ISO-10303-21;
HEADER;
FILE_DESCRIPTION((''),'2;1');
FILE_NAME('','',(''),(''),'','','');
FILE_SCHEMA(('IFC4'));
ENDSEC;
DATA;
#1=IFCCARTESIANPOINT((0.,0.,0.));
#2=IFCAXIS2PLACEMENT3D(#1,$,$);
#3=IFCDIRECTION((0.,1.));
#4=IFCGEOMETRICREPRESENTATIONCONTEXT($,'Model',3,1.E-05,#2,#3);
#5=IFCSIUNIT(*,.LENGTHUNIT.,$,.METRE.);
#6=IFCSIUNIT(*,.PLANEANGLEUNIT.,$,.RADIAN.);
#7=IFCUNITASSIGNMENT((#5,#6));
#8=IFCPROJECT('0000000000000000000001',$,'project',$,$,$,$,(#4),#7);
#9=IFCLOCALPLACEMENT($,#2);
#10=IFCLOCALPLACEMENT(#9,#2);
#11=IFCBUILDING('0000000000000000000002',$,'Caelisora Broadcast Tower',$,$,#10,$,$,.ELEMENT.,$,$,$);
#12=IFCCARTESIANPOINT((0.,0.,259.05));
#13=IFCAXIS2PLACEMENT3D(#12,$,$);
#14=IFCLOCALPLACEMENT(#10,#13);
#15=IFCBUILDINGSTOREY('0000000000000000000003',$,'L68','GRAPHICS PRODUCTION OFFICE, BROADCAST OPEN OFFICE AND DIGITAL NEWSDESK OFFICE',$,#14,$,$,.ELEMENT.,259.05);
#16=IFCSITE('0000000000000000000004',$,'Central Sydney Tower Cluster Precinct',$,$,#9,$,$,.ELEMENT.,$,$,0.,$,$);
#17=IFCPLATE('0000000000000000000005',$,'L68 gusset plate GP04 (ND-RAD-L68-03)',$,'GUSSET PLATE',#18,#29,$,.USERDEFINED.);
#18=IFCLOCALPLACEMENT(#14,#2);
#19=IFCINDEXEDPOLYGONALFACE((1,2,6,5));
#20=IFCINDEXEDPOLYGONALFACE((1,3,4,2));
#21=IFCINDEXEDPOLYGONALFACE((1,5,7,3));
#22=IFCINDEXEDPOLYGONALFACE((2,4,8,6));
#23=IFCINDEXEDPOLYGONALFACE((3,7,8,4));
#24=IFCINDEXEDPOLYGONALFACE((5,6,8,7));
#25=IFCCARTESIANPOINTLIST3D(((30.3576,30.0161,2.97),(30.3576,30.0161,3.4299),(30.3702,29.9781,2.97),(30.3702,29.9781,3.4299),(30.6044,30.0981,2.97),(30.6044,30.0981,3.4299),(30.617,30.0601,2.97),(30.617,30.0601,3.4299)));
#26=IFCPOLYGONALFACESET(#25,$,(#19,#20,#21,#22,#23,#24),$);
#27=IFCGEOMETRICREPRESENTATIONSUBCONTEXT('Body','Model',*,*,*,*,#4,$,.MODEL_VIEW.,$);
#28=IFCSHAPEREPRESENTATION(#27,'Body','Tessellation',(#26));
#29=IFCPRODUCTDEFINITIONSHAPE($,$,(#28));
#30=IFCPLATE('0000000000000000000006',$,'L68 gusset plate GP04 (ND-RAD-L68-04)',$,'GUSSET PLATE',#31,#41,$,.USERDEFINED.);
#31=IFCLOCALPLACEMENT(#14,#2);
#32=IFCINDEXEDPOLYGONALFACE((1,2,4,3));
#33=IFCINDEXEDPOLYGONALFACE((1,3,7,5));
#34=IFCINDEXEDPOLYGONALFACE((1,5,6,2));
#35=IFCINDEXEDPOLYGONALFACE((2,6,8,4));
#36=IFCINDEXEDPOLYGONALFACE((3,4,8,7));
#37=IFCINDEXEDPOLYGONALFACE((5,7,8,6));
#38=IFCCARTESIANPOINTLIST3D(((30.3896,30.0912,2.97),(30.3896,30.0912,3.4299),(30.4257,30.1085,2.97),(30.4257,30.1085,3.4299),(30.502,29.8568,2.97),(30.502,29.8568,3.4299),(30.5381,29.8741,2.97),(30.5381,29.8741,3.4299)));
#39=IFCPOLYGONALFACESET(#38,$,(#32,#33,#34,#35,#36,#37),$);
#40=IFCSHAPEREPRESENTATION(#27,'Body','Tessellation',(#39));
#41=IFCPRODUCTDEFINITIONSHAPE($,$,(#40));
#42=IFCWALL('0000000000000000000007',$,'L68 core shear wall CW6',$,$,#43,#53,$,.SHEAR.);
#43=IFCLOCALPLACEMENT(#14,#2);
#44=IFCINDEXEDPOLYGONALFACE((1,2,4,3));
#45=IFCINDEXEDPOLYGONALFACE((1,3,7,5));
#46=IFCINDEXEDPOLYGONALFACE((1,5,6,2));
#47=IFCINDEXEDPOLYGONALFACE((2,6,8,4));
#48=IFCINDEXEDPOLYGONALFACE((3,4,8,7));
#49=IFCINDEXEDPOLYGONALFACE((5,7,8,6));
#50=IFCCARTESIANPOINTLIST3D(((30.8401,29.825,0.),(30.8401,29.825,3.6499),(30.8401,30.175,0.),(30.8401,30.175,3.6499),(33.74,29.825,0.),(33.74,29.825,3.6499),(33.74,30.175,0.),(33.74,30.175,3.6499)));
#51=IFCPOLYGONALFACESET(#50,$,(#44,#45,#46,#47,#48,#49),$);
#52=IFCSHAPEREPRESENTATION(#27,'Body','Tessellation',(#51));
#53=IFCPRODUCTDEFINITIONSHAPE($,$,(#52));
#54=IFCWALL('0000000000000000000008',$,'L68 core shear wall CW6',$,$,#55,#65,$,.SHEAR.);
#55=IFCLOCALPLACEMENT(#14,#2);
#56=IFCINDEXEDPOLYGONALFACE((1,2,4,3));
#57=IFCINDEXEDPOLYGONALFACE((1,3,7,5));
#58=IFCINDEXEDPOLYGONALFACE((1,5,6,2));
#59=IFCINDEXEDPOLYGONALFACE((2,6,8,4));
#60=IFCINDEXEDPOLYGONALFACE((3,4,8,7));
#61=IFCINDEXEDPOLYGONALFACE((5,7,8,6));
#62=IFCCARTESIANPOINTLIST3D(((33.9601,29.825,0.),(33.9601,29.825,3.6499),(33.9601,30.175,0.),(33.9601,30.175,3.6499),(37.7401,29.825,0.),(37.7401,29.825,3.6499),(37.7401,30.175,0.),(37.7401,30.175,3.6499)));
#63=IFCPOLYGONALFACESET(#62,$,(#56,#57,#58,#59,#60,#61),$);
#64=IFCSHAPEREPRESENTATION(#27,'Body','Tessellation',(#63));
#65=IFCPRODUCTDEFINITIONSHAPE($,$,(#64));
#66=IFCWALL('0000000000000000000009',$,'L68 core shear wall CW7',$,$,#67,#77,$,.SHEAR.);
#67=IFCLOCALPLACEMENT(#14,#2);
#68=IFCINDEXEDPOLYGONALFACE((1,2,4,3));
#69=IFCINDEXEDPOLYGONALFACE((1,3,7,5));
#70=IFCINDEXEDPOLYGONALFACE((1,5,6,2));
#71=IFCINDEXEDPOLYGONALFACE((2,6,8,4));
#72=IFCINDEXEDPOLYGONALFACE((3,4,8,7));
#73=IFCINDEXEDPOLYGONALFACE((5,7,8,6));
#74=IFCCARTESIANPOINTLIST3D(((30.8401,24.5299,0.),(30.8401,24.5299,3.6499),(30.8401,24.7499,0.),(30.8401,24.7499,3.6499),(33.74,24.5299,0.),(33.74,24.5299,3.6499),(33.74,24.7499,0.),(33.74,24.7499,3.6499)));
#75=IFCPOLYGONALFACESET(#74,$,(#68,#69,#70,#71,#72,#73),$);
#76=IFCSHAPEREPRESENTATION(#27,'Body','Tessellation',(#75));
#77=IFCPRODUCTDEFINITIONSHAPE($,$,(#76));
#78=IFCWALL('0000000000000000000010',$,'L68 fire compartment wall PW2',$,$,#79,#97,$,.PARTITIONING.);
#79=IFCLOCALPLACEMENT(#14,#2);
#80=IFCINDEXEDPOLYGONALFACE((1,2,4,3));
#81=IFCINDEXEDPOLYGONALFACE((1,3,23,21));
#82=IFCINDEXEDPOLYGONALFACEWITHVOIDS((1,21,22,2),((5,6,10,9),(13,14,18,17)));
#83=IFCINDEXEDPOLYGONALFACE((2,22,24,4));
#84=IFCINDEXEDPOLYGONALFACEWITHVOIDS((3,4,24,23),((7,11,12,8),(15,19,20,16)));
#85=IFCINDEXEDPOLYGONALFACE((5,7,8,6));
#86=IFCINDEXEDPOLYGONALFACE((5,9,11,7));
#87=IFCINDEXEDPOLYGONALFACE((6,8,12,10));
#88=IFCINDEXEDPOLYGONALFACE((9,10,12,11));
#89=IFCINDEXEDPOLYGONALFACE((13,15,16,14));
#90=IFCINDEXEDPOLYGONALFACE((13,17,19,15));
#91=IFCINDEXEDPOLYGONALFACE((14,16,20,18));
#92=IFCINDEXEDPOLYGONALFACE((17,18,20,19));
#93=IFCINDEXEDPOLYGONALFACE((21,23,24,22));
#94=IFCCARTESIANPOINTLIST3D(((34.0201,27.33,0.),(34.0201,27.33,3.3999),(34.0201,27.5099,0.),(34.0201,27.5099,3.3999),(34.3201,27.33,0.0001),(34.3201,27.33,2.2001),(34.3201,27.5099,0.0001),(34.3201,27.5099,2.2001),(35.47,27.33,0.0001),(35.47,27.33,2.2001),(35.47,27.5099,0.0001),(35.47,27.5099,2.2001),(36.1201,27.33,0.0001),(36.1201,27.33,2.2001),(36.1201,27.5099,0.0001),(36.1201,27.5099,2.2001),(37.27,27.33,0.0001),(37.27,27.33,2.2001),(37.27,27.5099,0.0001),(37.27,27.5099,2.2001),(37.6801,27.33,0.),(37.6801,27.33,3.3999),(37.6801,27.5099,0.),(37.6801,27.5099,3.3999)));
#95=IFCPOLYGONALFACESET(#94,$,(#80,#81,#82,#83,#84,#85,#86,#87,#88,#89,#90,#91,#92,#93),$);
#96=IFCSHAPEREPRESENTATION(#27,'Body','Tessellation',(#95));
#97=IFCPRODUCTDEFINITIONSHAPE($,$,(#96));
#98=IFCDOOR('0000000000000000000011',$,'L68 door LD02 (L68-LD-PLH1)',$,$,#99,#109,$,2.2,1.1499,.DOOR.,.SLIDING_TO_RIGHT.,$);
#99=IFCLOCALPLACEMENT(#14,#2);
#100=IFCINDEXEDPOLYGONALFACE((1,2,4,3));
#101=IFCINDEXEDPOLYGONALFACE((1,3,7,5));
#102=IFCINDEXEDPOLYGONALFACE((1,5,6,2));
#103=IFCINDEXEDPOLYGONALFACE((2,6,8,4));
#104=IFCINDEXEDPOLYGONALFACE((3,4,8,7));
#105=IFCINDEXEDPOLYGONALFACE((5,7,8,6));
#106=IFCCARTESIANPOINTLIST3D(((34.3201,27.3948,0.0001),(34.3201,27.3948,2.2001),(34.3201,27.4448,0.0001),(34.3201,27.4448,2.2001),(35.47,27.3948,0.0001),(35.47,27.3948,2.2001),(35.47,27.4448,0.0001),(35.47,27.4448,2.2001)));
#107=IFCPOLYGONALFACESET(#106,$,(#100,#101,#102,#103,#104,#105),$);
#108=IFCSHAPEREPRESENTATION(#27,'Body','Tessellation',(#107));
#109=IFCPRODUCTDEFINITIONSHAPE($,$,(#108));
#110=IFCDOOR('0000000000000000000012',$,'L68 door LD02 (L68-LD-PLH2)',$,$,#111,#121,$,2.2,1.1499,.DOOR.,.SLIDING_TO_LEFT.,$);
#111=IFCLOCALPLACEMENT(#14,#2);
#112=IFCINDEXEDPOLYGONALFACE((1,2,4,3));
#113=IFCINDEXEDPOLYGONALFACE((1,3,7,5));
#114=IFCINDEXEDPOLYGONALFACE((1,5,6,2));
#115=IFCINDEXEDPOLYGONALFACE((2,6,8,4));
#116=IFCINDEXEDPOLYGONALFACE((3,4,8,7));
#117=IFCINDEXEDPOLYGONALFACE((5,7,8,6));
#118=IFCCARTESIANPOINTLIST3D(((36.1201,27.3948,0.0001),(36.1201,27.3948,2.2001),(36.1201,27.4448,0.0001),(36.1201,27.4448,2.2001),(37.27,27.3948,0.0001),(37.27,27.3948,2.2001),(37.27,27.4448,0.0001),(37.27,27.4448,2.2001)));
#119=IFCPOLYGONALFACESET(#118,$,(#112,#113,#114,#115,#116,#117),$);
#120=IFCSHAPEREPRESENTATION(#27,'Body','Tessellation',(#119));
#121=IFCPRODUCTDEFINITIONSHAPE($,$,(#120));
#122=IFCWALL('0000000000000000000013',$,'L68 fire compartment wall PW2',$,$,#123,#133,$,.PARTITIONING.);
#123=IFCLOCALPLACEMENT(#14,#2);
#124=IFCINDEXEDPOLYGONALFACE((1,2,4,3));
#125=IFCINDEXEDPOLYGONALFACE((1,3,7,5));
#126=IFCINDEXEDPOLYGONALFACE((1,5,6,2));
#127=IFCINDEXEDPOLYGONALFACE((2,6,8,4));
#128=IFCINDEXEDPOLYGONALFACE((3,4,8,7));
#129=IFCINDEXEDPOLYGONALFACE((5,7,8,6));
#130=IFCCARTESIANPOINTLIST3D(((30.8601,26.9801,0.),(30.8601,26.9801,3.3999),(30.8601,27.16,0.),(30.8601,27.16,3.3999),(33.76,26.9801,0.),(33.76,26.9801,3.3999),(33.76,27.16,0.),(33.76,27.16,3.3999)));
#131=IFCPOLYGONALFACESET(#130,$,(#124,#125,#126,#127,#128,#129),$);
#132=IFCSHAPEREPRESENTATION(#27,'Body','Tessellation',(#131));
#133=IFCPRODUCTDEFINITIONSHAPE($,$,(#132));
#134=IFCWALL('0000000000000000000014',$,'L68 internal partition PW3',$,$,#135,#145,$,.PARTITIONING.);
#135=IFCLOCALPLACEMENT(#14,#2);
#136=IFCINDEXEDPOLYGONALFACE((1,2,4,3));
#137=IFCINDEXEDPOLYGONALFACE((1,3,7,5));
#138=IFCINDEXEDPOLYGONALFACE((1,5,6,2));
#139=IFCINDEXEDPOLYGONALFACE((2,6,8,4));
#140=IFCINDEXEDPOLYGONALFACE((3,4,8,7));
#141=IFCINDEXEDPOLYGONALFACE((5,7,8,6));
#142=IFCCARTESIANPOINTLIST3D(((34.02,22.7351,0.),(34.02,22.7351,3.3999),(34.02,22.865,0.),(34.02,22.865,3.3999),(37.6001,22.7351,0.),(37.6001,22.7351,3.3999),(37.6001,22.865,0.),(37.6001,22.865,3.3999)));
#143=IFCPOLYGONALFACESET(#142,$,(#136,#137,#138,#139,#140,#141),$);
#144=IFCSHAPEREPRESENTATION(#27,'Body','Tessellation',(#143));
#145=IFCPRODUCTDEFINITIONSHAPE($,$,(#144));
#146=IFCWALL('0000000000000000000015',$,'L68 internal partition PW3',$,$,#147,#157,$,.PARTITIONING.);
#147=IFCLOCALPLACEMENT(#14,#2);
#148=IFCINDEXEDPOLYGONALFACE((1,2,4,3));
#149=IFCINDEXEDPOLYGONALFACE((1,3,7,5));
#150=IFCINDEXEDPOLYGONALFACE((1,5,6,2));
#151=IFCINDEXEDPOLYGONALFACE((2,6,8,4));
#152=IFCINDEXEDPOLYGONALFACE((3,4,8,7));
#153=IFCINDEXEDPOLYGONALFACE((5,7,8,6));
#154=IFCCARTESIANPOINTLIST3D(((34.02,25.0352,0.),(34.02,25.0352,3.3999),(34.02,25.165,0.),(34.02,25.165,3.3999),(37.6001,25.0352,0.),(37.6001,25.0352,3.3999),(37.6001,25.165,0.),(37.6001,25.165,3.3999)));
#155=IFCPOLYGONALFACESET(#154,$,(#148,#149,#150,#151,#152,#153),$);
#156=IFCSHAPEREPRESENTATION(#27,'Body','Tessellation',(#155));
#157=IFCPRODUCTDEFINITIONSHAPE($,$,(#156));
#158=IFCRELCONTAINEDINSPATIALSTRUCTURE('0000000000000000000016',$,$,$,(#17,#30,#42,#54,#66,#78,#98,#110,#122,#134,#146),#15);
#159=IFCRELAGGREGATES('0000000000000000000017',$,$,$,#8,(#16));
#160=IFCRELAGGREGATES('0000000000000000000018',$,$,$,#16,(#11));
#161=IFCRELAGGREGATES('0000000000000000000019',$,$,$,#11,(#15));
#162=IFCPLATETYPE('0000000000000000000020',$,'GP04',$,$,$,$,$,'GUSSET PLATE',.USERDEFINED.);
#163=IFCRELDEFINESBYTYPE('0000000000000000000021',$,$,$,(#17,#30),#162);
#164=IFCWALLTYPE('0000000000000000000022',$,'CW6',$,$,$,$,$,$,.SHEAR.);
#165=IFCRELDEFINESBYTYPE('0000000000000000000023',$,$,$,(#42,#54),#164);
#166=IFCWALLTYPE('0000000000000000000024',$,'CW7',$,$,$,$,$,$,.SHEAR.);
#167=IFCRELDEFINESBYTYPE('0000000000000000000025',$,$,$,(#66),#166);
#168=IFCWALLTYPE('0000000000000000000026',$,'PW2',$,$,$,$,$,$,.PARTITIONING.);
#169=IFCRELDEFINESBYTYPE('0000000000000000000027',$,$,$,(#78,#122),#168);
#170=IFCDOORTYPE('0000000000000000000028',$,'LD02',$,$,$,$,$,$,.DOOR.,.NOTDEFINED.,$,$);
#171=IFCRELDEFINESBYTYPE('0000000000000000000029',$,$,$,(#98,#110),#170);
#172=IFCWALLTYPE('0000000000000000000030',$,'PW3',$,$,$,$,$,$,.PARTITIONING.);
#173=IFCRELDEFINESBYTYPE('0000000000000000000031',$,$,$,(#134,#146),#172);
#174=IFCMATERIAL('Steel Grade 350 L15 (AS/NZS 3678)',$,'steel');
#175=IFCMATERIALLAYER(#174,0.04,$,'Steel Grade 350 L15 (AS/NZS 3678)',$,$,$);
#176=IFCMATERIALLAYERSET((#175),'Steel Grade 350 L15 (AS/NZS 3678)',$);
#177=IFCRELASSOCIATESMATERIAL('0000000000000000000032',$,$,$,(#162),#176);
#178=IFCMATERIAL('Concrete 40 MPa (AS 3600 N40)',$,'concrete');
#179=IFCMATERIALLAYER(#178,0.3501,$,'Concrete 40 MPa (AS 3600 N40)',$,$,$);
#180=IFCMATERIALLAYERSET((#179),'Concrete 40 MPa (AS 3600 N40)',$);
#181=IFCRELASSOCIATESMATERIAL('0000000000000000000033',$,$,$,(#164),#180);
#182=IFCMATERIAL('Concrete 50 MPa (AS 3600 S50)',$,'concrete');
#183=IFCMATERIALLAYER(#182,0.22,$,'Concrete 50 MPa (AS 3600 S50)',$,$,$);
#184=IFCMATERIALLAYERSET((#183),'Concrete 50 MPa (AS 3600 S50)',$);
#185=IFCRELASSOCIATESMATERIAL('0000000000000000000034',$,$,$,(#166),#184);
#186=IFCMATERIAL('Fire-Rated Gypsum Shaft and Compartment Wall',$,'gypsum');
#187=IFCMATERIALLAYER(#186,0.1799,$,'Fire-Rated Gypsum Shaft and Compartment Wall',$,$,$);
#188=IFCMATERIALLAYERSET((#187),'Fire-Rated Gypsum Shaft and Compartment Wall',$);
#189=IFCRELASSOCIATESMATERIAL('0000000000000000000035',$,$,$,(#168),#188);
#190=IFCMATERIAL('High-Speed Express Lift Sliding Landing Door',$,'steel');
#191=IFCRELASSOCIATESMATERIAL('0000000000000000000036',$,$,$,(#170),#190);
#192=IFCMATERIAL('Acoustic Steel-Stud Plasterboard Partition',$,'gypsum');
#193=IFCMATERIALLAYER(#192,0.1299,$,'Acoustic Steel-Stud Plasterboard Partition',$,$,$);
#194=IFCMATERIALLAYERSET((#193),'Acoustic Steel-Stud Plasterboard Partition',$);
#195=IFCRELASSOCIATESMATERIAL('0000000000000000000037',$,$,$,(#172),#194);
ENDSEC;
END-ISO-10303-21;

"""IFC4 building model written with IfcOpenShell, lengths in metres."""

from ifc_helpers import new_model, si_unit, direction, frame, frame_2d, origin, origin_2d, place, context, subcontext, project, spatial, rectangle, extrude, source, transform, mapped, material, layer, layer_set, type_object, type_shapes, element, fill, save


model = new_model("IFC4")

# Units and contexts
model_context = context("Model", 3, precision=1e-05, world=origin(), true_north=direction((0.0, 1.0)))
body_context = subcontext(model_context, "Body", "Model", "MODEL_VIEW")
ifc_project = project(units=[si_unit("LENGTHUNIT", "METRE"), si_unit("PLANEANGLEUNIT", "RADIAN")], contexts=[model_context])

# Site, building, storey
site_placement = place(None, origin())
site = spatial("IfcSite", under=ifc_project, at=site_placement, Name="Central Sydney Tower Cluster Precinct", CompositionType="ELEMENT", RefElevation=0.0)
building_placement = place(site_placement, origin())
building = spatial("IfcBuilding", under=site, at=building_placement, Name="Caelisora Broadcast Tower", CompositionType="ELEMENT")
storey_placement = place(building_placement, frame((0.0, 0.0, 259.05)))
storey = spatial("IfcBuildingStorey", under=building, at=storey_placement, Name="L68", Description="GRAPHICS PRODUCTION OFFICE, BROADCAST OPEN OFFICE AND DIGITAL NEWSDESK OFFICE", CompositionType="ELEMENT", Elevation=259.05)

# Plates
ifc_material_1 = material(Name="Steel Grade 350 L15 (AS/NZS 3678)", Category="steel")
ifc_layer_1 = layer(ifc_material_1, 0.04, Name="Steel Grade 350 L15 (AS/NZS 3678)")
ifc_layer_set_1 = layer_set([ifc_layer_1], Name="Steel Grade 350 L15 (AS/NZS 3678)")
plate_type = type_object("IfcPlateType", Name="GP04", ElementType="GUSSET PLATE", PredefinedType="USERDEFINED", material=ifc_layer_set_1)
shared_shape_1 = source(origin(), body_context, "Body", "SweptSolid", [
    extrude(rectangle(XDim=0.26, YDim=0.04, at=origin_2d()), origin(), (0.0, 0.0, 1.0), 0.46),
])
type_shapes(plate_type, [shared_shape_1])
for number, where, z_axis, x_axis, name in (
    (1, (30.4873, 30.0381, 2.97), (0.0, 0.0, 1.0), (-0.949041, -0.315152, 0.0), "L68 gusset plate GP04 (ND-RAD-L68-03)"),
    (2, (30.4639, 29.9827, 2.97), (0.0, 0.0, 1.0), (0.432401, -0.901682, 0.0), "L68 gusset plate GP04 (ND-RAD-L68-04)"),
):
    element("IfcPlate", number, at=place(storey_placement, frame(where, z_axis=z_axis, x_axis=x_axis)), inside=storey, type_object=plate_type, Name=name, ObjectType="GUSSET PLATE", PredefinedType="USERDEFINED", context=body_context, shape_type="MappedRepresentation", body=[
        mapped(shared_shape_1, transform((0.0, 0.0, 0.0), scale=1.0)),
    ])

# Walls
ifc_material_2 = material(Name="Concrete 40 MPa (AS 3600 N40)", Category="concrete")
ifc_layer_2 = layer(ifc_material_2, 0.3501, Name="Concrete 40 MPa (AS 3600 N40)")
ifc_layer_set_2 = layer_set([ifc_layer_2], Name="Concrete 40 MPa (AS 3600 N40)")
wall_type_1 = type_object("IfcWallType", Name="CW6", PredefinedType="SHEAR", material=ifc_layer_set_2)
wall_1_placement = place(storey_placement, frame((30.8401, 30.0, 0.0), z_axis=(0.0, 0.0, 1.0), x_axis=(1.0, 0.0, 0.0)))
element("IfcWall", 3, at=wall_1_placement, inside=storey, type_object=wall_type_1, Name="L68 core shear wall CW6", PredefinedType="SHEAR", context=body_context, shape_type="SweptSolid", body=[
    extrude(rectangle(XDim=2.8999, YDim=0.3501, at=frame_2d((1.45, 0.0))), origin(), (0.0, 0.0, 1.0), 3.6499),
])
wall_2_placement = place(storey_placement, frame((33.96, 30.0, 0.0), z_axis=(0.0, 0.0, 1.0), x_axis=(1.0, 0.0, 0.0)))
element("IfcWall", 4, at=wall_2_placement, inside=storey, type_object=wall_type_1, Name="L68 core shear wall CW6", PredefinedType="SHEAR", context=body_context, shape_type="SweptSolid", body=[
    extrude(rectangle(XDim=3.78, YDim=0.3501, at=frame_2d((1.8901, 0.0))), origin(), (0.0, 0.0, 1.0), 3.6499),
])
ifc_material_3 = material(Name="Concrete 50 MPa (AS 3600 S50)", Category="concrete")
ifc_layer_3 = layer(ifc_material_3, 0.22, Name="Concrete 50 MPa (AS 3600 S50)")
ifc_layer_set_3 = layer_set([ifc_layer_3], Name="Concrete 50 MPa (AS 3600 S50)")
wall_type_2 = type_object("IfcWallType", Name="CW7", PredefinedType="SHEAR", material=ifc_layer_set_3)
wall_3_placement = place(storey_placement, frame((30.8401, 24.6399, 0.0), z_axis=(0.0, 0.0, 1.0), x_axis=(1.0, 0.0, 0.0)))
element("IfcWall", 5, at=wall_3_placement, inside=storey, type_object=wall_type_2, Name="L68 core shear wall CW7", PredefinedType="SHEAR", context=body_context, shape_type="SweptSolid", body=[
    extrude(rectangle(XDim=2.8999, YDim=0.22, at=frame_2d((1.45, 0.0))), origin(), (0.0, 0.0, 1.0), 3.6499),
])

# Wall, openings, doors
ifc_material_4 = material(Name="Fire-Rated Gypsum Shaft and Compartment Wall", Category="gypsum")
ifc_layer_4 = layer(ifc_material_4, 0.1799, Name="Fire-Rated Gypsum Shaft and Compartment Wall")
ifc_layer_set_4 = layer_set([ifc_layer_4], Name="Fire-Rated Gypsum Shaft and Compartment Wall")
wall_type_3 = type_object("IfcWallType", Name="PW2", PredefinedType="PARTITIONING", material=ifc_layer_set_4)
wall_4_placement = place(storey_placement, frame((34.02, 27.4199, 0.0), z_axis=(0.0, 0.0, 1.0), x_axis=(1.0, 0.0, 0.0)))
wall_4 = element("IfcWall", 6, at=wall_4_placement, inside=storey, type_object=wall_type_3, Name="L68 fire compartment wall PW2", PredefinedType="PARTITIONING", context=body_context, shape_type="SweptSolid", body=[
    extrude(rectangle(XDim=3.6599, YDim=0.1799, at=frame_2d((1.8301, 0.0))), origin(), (0.0, 0.0, 1.0), 3.3999),
])
opening_1_placement = place(wall_4_placement, frame((0.3, 0.0, 0.0)))
opening_1 = element("IfcOpeningElement", 7, at=opening_1_placement, cuts=wall_4, PredefinedType="OPENING", context=body_context, shape_type="SweptSolid", body=[
    extrude(rectangle(XDim=1.1499, YDim=2.2, at=frame_2d((0.575, 1.1001))), frame((0.0, 0.1021, 0.0), z_axis=(0.0, -1.0, 0.0), x_axis=(1.0, 0.0, 0.0)), (0.0, 0.0, 1.0), 0.2039),
])
opening_2_placement = place(wall_4_placement, frame((2.1001, 0.0, 0.0)))
opening_2 = element("IfcOpeningElement", 8, at=opening_2_placement, cuts=wall_4, PredefinedType="OPENING", context=body_context, shape_type="SweptSolid", body=[
    extrude(rectangle(XDim=1.1499, YDim=2.2, at=frame_2d((0.575, 1.1001))), frame((0.0, 0.1021, 0.0), z_axis=(0.0, -1.0, 0.0), x_axis=(1.0, 0.0, 0.0)), (0.0, 0.0, 1.0), 0.2039),
])
ifc_material_5 = material(Name="High-Speed Express Lift Sliding Landing Door", Category="steel")
door_type = type_object("IfcDoorType", Name="LD02", OperationType="NOTDEFINED", PredefinedType="DOOR", material=ifc_material_5)
door_1_placement = place(opening_1_placement, origin())
door_1 = element("IfcDoor", 9, at=door_1_placement, inside=storey, type_object=door_type, Name="L68 door LD02 (L68-LD-PLH1)", OperationType="SLIDING_TO_RIGHT", OverallHeight=2.2, OverallWidth=1.1499, PredefinedType="DOOR", context=body_context, shape_type="SweptSolid", body=[
    extrude(rectangle(XDim=1.1499, YDim=2.2, at=frame_2d((0.575, 1.1001))), frame((0.0, 0.0249, 0.0), z_axis=(0.0, -1.0, 0.0), x_axis=(1.0, 0.0, 0.0)), (0.0, 0.0, 1.0), 0.05),
])
fill(opening_1, door_1)
door_2_placement = place(opening_2_placement, origin())
door_2 = element("IfcDoor", 10, at=door_2_placement, inside=storey, type_object=door_type, Name="L68 door LD02 (L68-LD-PLH2)", OperationType="SLIDING_TO_LEFT", OverallHeight=2.2, OverallWidth=1.1499, PredefinedType="DOOR", context=body_context, shape_type="SweptSolid", body=[
    extrude(rectangle(XDim=1.1499, YDim=2.2, at=frame_2d((0.575, 1.1001))), frame((0.0, 0.0249, 0.0), z_axis=(0.0, -1.0, 0.0), x_axis=(1.0, 0.0, 0.0)), (0.0, 0.0, 1.0), 0.05),
])
fill(opening_2, door_2)

# Walls
wall_5_placement = place(storey_placement, frame((30.8601, 27.0701, 0.0), z_axis=(0.0, 0.0, 1.0), x_axis=(1.0, 0.0, 0.0)))
element("IfcWall", 11, at=wall_5_placement, inside=storey, type_object=wall_type_3, Name="L68 fire compartment wall PW2", PredefinedType="PARTITIONING", context=body_context, shape_type="SweptSolid", body=[
    extrude(rectangle(XDim=2.8999, YDim=0.1799, at=frame_2d((1.45, 0.0))), origin(), (0.0, 0.0, 1.0), 3.3999),
])
ifc_material_6 = material(Name="Acoustic Steel-Stud Plasterboard Partition", Category="gypsum")
ifc_layer_5 = layer(ifc_material_6, 0.1299, Name="Acoustic Steel-Stud Plasterboard Partition")
ifc_layer_set_5 = layer_set([ifc_layer_5], Name="Acoustic Steel-Stud Plasterboard Partition")
wall_type_4 = type_object("IfcWallType", Name="PW3", PredefinedType="PARTITIONING", material=ifc_layer_set_5)
for number, where, z_axis, x_axis, name in (
    (12, (34.02, 22.8, 0.0), (0.0, 0.0, 1.0), (1.0, 0.0, 0.0), "L68 internal partition PW3"),
    (13, (34.02, 25.1001, 0.0), (0.0, 0.0, 1.0), (1.0, 0.0, 0.0), "L68 internal partition PW3"),
):
    element("IfcWall", number, at=place(storey_placement, frame(where, z_axis=z_axis, x_axis=x_axis)), inside=storey, type_object=wall_type_4, Name=name, PredefinedType="PARTITIONING", context=body_context, shape_type="SweptSolid", body=[
        extrude(rectangle(XDim=3.5801, YDim=0.1299, at=frame_2d((1.79, 0.0))), origin(), (0.0, 0.0, 1.0), 3.3999),
    ])

save(model, "model.ifc")
